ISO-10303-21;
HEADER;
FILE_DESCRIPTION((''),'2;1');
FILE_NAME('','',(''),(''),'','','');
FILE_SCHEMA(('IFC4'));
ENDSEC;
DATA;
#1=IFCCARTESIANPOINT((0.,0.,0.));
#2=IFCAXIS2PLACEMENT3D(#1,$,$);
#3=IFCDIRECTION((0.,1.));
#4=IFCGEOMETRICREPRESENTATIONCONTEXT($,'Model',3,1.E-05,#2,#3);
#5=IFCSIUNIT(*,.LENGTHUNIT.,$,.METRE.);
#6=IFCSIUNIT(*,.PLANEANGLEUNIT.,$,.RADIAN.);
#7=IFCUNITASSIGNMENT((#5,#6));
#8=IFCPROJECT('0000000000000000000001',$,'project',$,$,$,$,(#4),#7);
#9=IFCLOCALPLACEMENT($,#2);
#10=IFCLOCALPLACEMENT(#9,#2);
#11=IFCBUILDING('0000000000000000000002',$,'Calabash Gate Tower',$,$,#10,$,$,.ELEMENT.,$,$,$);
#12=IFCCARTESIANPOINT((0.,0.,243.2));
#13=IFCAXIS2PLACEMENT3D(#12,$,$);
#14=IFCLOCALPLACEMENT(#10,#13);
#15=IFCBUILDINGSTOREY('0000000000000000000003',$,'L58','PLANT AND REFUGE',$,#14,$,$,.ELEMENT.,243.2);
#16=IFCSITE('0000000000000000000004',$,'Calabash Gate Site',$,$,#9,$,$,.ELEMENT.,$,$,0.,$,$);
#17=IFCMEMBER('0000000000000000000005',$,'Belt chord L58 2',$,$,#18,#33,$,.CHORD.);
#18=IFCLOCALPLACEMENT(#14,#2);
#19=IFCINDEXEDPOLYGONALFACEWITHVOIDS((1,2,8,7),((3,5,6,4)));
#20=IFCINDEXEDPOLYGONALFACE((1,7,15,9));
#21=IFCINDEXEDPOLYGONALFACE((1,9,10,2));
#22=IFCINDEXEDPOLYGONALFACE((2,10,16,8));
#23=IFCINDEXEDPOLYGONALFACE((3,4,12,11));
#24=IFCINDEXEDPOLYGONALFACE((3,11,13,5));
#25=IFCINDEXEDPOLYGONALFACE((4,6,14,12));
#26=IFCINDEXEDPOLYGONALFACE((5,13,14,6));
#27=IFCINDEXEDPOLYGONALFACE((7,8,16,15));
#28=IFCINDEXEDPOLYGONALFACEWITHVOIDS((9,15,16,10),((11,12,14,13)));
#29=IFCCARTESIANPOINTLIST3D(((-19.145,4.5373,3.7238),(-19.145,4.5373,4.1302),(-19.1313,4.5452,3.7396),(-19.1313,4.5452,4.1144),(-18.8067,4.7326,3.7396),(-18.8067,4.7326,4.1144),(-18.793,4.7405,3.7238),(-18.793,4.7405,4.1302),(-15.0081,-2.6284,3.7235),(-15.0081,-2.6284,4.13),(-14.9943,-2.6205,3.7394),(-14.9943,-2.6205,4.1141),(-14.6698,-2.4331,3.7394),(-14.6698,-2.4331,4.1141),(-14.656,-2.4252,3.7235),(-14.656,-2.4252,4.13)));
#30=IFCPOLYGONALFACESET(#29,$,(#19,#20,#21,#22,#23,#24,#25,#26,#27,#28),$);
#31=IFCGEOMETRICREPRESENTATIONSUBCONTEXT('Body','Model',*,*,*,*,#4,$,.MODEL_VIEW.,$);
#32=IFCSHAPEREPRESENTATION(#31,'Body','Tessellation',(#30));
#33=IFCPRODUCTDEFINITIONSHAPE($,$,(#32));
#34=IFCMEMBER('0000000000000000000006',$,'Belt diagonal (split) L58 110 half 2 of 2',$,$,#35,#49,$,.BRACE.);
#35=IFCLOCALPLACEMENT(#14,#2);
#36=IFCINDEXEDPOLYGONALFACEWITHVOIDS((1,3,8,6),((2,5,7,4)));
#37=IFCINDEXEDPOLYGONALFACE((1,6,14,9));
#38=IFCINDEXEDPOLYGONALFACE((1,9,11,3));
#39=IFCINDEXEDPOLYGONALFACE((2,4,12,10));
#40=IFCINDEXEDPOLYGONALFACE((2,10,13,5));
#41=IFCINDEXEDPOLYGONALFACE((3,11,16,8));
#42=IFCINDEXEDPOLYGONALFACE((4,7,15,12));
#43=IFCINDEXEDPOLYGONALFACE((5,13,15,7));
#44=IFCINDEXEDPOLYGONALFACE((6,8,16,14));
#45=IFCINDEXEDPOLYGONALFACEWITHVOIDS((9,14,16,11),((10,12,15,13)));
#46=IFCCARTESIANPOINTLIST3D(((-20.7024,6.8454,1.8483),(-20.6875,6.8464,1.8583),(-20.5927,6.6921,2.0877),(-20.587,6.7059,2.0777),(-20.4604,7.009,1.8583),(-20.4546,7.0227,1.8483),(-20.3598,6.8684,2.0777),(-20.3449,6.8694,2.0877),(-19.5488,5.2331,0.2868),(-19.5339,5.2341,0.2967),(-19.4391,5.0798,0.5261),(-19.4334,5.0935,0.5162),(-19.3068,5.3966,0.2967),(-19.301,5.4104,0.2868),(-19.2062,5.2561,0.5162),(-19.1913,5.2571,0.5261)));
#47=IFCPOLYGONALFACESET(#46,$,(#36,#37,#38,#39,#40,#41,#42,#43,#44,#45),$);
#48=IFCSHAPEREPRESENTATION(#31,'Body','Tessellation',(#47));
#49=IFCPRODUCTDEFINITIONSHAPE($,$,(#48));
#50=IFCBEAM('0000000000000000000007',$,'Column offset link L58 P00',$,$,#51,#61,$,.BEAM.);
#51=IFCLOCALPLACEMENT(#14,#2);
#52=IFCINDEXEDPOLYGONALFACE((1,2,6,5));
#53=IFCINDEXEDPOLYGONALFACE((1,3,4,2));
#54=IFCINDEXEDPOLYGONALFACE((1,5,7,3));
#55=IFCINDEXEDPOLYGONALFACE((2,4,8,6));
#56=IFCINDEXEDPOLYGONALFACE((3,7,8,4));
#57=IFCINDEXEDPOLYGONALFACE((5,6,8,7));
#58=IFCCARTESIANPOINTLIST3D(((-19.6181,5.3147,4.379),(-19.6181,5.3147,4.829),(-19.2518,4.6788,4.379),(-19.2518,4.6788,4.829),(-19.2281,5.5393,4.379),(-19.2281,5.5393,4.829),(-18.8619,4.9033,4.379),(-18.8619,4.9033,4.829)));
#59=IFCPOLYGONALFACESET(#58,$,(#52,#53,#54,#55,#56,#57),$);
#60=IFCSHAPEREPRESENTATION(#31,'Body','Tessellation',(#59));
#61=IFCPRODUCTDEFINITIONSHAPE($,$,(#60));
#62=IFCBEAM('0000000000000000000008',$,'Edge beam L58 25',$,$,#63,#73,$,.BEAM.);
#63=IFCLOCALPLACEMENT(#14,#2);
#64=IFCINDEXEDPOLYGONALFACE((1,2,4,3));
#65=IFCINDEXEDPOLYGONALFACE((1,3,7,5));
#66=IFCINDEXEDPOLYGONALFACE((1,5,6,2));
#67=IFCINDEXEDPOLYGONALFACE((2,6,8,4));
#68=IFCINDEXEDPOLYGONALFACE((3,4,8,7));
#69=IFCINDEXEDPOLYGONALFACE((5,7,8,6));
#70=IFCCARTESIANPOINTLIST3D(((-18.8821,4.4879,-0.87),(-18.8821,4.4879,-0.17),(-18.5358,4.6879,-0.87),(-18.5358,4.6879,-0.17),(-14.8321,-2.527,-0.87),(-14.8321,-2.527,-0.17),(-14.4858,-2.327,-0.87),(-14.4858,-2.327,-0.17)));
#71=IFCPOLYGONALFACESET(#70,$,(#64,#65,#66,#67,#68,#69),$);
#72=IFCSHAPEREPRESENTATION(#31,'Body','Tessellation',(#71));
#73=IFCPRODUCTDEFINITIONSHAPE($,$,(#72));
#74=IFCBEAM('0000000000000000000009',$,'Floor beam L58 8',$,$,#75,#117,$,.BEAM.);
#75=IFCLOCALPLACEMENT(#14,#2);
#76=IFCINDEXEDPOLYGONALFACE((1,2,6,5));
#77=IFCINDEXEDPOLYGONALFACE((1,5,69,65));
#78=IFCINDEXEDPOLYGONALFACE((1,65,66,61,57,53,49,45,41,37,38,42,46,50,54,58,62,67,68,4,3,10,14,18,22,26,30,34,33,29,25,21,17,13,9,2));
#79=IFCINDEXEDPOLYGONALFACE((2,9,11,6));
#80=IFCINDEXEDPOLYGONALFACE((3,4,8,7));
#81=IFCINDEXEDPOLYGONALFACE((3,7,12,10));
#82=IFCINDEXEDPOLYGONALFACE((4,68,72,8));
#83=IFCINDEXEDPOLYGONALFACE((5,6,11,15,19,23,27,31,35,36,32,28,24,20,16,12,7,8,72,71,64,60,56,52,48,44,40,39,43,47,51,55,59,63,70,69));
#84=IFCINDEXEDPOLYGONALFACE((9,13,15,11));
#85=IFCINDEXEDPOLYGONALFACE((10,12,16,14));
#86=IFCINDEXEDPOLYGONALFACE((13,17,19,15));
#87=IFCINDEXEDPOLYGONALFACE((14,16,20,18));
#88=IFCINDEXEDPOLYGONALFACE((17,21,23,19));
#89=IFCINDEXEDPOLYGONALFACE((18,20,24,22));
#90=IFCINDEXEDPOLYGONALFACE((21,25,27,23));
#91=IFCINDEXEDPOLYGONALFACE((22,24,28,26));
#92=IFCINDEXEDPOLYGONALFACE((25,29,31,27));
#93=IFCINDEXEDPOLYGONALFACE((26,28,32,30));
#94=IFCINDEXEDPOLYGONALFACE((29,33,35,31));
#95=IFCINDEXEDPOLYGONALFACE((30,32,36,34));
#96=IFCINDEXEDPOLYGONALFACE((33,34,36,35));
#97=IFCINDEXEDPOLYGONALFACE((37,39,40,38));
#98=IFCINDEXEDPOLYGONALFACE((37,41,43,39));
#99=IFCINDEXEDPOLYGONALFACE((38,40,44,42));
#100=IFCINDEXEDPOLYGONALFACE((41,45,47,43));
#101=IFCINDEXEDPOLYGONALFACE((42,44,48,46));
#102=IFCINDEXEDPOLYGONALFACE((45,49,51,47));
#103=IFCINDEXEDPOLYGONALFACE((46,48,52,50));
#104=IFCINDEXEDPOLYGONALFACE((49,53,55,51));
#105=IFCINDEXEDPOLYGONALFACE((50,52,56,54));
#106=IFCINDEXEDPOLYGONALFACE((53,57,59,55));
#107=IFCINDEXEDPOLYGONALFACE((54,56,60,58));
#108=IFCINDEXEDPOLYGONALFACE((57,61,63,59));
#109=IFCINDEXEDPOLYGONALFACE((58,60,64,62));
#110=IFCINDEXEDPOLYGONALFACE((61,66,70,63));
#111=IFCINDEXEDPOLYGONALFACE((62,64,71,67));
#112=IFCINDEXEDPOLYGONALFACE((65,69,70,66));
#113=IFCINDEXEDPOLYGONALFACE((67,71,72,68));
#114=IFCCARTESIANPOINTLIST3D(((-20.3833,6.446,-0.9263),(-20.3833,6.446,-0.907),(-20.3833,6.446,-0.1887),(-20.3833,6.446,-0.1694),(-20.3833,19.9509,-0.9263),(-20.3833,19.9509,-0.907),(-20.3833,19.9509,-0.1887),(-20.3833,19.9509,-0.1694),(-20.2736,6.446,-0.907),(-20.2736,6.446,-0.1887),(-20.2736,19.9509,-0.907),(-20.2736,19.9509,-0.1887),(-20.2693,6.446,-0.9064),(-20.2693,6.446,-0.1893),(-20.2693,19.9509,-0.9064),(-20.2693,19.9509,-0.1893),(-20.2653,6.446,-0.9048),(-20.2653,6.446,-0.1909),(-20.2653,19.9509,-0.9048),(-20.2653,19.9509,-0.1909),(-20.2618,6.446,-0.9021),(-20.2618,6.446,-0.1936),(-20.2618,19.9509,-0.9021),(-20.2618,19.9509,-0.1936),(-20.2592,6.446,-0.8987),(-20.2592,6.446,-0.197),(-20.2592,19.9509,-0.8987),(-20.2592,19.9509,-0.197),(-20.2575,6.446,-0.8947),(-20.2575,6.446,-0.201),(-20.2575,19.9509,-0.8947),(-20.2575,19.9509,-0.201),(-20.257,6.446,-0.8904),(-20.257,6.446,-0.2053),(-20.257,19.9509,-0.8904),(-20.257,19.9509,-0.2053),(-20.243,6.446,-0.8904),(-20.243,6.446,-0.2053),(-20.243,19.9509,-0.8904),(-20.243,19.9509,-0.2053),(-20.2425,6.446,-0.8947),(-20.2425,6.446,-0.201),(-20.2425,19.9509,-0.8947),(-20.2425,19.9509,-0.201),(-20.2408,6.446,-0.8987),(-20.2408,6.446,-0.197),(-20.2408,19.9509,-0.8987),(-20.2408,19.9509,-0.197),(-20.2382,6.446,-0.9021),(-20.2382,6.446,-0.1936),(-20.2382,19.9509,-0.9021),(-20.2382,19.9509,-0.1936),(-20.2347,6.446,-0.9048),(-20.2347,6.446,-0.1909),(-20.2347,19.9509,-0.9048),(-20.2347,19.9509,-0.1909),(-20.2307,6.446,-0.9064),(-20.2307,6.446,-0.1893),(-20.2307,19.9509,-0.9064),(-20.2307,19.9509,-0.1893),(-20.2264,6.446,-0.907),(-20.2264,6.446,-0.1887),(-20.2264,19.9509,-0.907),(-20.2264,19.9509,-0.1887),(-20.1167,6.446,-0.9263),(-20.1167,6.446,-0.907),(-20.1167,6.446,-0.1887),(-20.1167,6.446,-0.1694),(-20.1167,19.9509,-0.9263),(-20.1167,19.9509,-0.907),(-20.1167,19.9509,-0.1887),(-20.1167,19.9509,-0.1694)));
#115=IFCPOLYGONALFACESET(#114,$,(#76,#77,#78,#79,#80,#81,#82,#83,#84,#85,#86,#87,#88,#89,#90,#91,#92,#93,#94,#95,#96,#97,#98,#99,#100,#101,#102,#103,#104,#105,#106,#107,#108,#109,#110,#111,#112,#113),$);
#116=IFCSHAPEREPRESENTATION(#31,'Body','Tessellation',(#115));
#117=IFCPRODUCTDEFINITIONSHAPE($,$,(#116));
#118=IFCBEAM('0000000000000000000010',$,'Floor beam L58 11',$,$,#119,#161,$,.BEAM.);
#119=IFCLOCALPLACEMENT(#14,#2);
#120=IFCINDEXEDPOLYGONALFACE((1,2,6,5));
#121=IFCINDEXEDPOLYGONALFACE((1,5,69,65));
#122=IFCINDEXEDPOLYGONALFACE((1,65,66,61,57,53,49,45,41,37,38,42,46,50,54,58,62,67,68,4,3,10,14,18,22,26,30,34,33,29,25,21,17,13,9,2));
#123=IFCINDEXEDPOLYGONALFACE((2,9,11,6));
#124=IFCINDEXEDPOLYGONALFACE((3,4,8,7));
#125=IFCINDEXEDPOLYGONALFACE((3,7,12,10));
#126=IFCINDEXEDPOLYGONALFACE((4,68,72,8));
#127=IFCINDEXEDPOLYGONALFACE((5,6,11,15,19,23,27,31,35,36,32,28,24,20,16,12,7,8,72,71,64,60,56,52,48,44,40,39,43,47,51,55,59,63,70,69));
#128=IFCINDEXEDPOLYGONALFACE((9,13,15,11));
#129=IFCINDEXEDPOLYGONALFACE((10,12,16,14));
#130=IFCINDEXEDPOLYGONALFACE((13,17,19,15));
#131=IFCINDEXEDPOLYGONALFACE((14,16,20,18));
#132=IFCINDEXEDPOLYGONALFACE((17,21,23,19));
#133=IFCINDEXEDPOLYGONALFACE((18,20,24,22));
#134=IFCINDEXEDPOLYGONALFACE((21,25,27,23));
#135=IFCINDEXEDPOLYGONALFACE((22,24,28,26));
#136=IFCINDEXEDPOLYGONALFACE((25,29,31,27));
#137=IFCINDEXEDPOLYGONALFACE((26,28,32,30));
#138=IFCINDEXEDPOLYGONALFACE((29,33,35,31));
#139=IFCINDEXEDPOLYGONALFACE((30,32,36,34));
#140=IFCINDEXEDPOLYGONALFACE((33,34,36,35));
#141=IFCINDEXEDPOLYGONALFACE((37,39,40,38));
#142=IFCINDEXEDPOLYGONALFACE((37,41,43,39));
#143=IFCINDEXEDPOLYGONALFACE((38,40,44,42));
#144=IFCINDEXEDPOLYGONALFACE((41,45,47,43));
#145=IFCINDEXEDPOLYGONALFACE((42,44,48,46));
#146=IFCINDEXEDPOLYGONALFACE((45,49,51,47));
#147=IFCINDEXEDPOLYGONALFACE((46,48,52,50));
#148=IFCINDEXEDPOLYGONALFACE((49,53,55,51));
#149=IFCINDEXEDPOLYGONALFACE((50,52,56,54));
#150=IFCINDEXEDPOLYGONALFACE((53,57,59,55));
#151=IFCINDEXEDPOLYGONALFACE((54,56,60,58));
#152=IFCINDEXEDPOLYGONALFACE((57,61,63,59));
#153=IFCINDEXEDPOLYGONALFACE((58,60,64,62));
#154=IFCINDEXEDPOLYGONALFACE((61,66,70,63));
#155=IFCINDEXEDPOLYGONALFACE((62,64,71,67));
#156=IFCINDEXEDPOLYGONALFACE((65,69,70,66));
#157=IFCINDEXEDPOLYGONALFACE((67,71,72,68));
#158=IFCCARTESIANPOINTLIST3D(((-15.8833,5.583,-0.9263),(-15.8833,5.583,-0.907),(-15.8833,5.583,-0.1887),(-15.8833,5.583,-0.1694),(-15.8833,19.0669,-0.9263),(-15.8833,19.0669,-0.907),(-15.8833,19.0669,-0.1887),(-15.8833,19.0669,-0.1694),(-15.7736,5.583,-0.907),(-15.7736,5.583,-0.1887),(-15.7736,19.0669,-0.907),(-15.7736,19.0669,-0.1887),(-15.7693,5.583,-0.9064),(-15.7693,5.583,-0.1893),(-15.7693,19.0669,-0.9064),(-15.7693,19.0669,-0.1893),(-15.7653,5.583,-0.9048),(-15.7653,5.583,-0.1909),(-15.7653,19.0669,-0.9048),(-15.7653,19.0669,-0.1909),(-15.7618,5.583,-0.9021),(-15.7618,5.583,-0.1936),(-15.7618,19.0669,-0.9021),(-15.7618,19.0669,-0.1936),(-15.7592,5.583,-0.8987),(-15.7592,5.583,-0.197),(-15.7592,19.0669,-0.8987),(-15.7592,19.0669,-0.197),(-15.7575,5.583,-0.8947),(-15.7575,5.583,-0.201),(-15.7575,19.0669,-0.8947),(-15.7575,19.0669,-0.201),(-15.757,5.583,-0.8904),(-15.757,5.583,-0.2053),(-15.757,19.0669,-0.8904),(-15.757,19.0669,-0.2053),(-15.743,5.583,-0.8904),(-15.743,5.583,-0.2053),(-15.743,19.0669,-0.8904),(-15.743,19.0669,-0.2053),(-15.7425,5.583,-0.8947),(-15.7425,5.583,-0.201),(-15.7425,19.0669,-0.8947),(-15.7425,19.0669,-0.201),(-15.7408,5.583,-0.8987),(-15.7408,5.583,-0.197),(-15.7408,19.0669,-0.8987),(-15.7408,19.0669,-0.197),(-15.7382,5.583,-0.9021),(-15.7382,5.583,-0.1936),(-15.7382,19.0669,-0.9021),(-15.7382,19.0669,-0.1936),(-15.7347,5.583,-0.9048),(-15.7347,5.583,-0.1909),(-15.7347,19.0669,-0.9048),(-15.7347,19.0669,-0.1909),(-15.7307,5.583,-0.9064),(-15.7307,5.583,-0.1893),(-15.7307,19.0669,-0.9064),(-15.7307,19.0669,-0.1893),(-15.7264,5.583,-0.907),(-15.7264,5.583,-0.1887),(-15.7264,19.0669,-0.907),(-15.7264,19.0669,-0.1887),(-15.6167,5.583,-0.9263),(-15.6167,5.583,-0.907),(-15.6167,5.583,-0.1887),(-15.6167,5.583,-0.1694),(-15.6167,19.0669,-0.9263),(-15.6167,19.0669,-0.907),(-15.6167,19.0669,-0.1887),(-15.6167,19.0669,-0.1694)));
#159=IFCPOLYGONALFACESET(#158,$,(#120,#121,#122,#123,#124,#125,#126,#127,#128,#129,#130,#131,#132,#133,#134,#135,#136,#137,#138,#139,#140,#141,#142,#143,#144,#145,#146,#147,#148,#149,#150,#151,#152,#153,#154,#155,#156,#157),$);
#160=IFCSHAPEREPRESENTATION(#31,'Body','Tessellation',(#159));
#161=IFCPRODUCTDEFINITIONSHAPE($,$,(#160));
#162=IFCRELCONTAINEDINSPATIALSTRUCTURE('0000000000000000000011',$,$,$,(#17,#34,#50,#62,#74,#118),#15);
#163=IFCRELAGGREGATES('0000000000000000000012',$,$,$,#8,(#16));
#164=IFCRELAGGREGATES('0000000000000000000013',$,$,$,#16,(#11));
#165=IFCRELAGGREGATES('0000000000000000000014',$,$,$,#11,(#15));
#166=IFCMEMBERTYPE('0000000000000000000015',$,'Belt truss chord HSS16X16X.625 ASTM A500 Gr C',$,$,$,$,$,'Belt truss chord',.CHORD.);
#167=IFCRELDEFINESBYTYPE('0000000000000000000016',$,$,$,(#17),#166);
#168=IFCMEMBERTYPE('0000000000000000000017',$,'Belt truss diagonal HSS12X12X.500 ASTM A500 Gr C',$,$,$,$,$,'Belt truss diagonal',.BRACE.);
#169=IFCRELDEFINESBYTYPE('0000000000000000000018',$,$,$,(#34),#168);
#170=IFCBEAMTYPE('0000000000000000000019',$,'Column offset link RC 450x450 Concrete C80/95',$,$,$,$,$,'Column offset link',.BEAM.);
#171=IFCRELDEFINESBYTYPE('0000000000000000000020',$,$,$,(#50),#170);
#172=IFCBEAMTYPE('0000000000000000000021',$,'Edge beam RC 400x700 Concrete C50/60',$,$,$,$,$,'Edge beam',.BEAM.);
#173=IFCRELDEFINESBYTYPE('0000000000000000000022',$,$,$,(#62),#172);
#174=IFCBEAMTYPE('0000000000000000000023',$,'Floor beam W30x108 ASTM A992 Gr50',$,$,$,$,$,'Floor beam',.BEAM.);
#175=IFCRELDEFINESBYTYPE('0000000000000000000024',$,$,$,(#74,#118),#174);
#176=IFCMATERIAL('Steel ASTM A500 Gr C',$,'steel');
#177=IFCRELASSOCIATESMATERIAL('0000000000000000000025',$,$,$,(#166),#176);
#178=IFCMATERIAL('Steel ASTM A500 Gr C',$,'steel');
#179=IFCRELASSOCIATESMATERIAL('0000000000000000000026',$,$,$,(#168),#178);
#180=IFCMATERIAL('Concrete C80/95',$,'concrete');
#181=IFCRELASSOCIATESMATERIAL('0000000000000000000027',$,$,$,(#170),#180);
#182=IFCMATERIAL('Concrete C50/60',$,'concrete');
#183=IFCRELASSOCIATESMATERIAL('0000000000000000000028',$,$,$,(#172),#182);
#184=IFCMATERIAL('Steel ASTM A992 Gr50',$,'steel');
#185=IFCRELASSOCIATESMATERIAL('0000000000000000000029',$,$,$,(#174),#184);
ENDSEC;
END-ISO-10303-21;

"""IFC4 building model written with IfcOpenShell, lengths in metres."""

from ifc_helpers import new_model, si_unit, direction, frame, origin, origin_2d, place, context, subcontext, project, spatial, rectangle, hollow_rectangle, i_section, extrude, material, material_profile, profile_set, type_object, element, save


model = new_model("IFC4")

# Units and contexts
model_context = context("Model", 3, precision=1e-05, world=origin(), true_north=direction((0.0, 1.0)))
body_context = subcontext(model_context, "Body", "Model", "MODEL_VIEW")
ifc_project = project(units=[si_unit("LENGTHUNIT", "METRE"), si_unit("PLANEANGLEUNIT", "RADIAN")], contexts=[model_context])

# Site, building, storey
site_placement = place(None, origin())
site = spatial("IfcSite", under=ifc_project, at=site_placement, Name="Calabash Gate Site", CompositionType="ELEMENT", RefElevation=0.0)
building_placement = place(site_placement, origin())
building = spatial("IfcBuilding", under=site, at=building_placement, Name="Calabash Gate Tower", CompositionType="ELEMENT")
storey_placement = place(building_placement, frame((0.0, 0.0, 243.2)))
storey = spatial("IfcBuildingStorey", under=building, at=storey_placement, Name="L58", Description="PLANT AND REFUGE", CompositionType="ELEMENT", Elevation=243.2)

# Members
ifc_material_1 = material(Name="Steel ASTM A500 Gr C", Category="steel")
ifc_material_profile_1 = material_profile(ifc_material_1, hollow_rectangle(XDim=0.4065, YDim=0.4065, WallThickness=0.0159, at=origin_2d()))
ifc_profile_set_1 = profile_set([ifc_material_profile_1], Name="Steel ASTM A500 Gr C")
member_type_1 = type_object("IfcMemberType", Name="Belt truss chord HSS16X16X.625 ASTM A500 Gr C", ElementType="Belt truss chord", PredefinedType="CHORD", material=ifc_profile_set_1)
member_1_placement = place(storey_placement, frame((-18.969, 4.6389, 3.927), z_axis=(0.499982, -0.866036, -0.00003), x_axis=(0.866036, 0.499982, 0.0)))
element("IfcMember", 1, at=member_1_placement, inside=storey, type_object=member_type_1, Name="Belt chord L58 2", PredefinedType="CHORD", context=body_context, shape_type="SweptSolid", body=[
    extrude(hollow_rectangle(XDim=0.4065, YDim=0.4065, WallThickness=0.0159, at=origin_2d()), origin(), (0.0, 0.0, 1.0), 8.2742),
])
ifc_material_2 = material(Name="Steel ASTM A500 Gr C", Category="steel")
ifc_material_profile_2 = material_profile(ifc_material_2, hollow_rectangle(XDim=0.3047, YDim=0.3047, WallThickness=0.0127, at=origin_2d()))
ifc_profile_set_2 = profile_set([ifc_material_profile_2], Name="Steel ASTM A500 Gr C")
member_type_2 = type_object("IfcMemberType", Name="Belt truss diagonal HSS12X12X.500 ASTM A500 Gr C", ElementType="Belt truss diagonal", PredefinedType="BRACE", material=ifc_profile_set_2)
member_2_placement = place(storey_placement, frame((-20.5237, 6.8574, 1.968), z_axis=(0.457109, -0.638889, -0.618766), x_axis=(0.813276, 0.581879, 0.0)))
element("IfcMember", 2, at=member_2_placement, inside=storey, type_object=member_type_2, Name="Belt diagonal (split) L58 110 half 2 of 2", PredefinedType="BRACE", context=body_context, shape_type="SweptSolid", body=[
    extrude(hollow_rectangle(XDim=0.3047, YDim=0.3047, WallThickness=0.0127, at=origin_2d()), origin(), (0.0, 0.0, 1.0), 2.5237),
])

# Beams
ifc_material_3 = material(Name="Concrete C80/95", Category="concrete")
ifc_material_profile_3 = material_profile(ifc_material_3, rectangle(XDim=0.45, YDim=0.45, at=origin_2d()))
ifc_profile_set_3 = profile_set([ifc_material_profile_3], Name="Concrete C80/95")
beam_type_1 = type_object("IfcBeamType", Name="Column offset link RC 450x450 Concrete C80/95", ElementType="Column offset link", PredefinedType="BEAM", material=ifc_profile_set_3)
beam_1_placement = place(storey_placement, frame((-19.0569, 4.791, 4.604), z_axis=(-0.499002, 0.866601, 0.0), x_axis=(-0.866601, -0.499002, 0.0)))
element("IfcBeam", 3, at=beam_1_placement, inside=storey, type_object=beam_type_1, Name="Column offset link L58 P00", PredefinedType="BEAM", context=body_context, shape_type="SweptSolid", body=[
    extrude(rectangle(XDim=0.45, YDim=0.45, at=origin_2d()), origin(), (0.0, 0.0, 1.0), 0.7339),
])
ifc_material_4 = material(Name="Concrete C50/60", Category="concrete")
ifc_material_profile_4 = material_profile(ifc_material_4, rectangle(XDim=0.3999, YDim=0.7, at=origin_2d()))
ifc_profile_set_4 = profile_set([ifc_material_profile_4], Name="Concrete C50/60")
beam_type_2 = type_object("IfcBeamType", Name="Edge beam RC 400x700 Concrete C50/60", ElementType="Edge beam", PredefinedType="BEAM", material=ifc_profile_set_4)
beam_2_placement = place(storey_placement, frame((-18.709, 4.5879, -0.52), z_axis=(0.5, -0.866025, 0.0), x_axis=(0.866025, 0.5, 0.0)))
element("IfcBeam", 4, at=beam_2_placement, inside=storey, type_object=beam_type_2, Name="Edge beam L58 25", PredefinedType="BEAM", context=body_context, shape_type="SweptSolid", body=[
    extrude(rectangle(XDim=0.3999, YDim=0.7, at=origin_2d()), origin(), (0.0, 0.0, 1.0), 8.1001),
])
ifc_material_5 = material(Name="Steel ASTM A992 Gr50", Category="steel")
ifc_material_profile_5 = material_profile(ifc_material_5, i_section(OverallWidth=0.2666, OverallDepth=0.7568, WebThickness=0.0139, FlangeThickness=0.0193, FilletRadius=0.0166, at=origin_2d()))
ifc_profile_set_5 = profile_set([ifc_material_profile_5], Name="Steel ASTM A992 Gr50")
beam_type_3 = type_object("IfcBeamType", Name="Floor beam W30x108 ASTM A992 Gr50", ElementType="Floor beam", PredefinedType="BEAM", material=ifc_profile_set_5)
beam_3_placement = place(storey_placement, frame((-20.25, 6.446, -0.5479), z_axis=(0.0, 1.0, 0.0), x_axis=(-1.0, 0.0, 0.0)))
element("IfcBeam", 5, at=beam_3_placement, inside=storey, type_object=beam_type_3, Name="Floor beam L58 8", PredefinedType="BEAM", context=body_context, shape_type="SweptSolid", body=[
    extrude(i_section(OverallWidth=0.2666, OverallDepth=0.7568, WebThickness=0.0139, FlangeThickness=0.0193, FilletRadius=0.0166, at=origin_2d()), origin(), (0.0, 0.0, 1.0), 13.5049),
])
beam_4_placement = place(storey_placement, frame((-15.75, 5.583, -0.5479), z_axis=(0.0, 1.0, 0.0), x_axis=(-1.0, 0.0, 0.0)))
element("IfcBeam", 6, at=beam_4_placement, inside=storey, type_object=beam_type_3, Name="Floor beam L58 11", PredefinedType="BEAM", context=body_context, shape_type="SweptSolid", body=[
    extrude(i_section(OverallWidth=0.2666, OverallDepth=0.7568, WebThickness=0.0139, FlangeThickness=0.0193, FilletRadius=0.0166, at=origin_2d()), origin(), (0.0, 0.0, 1.0), 13.4839),
])

save(model, "model.ifc")
